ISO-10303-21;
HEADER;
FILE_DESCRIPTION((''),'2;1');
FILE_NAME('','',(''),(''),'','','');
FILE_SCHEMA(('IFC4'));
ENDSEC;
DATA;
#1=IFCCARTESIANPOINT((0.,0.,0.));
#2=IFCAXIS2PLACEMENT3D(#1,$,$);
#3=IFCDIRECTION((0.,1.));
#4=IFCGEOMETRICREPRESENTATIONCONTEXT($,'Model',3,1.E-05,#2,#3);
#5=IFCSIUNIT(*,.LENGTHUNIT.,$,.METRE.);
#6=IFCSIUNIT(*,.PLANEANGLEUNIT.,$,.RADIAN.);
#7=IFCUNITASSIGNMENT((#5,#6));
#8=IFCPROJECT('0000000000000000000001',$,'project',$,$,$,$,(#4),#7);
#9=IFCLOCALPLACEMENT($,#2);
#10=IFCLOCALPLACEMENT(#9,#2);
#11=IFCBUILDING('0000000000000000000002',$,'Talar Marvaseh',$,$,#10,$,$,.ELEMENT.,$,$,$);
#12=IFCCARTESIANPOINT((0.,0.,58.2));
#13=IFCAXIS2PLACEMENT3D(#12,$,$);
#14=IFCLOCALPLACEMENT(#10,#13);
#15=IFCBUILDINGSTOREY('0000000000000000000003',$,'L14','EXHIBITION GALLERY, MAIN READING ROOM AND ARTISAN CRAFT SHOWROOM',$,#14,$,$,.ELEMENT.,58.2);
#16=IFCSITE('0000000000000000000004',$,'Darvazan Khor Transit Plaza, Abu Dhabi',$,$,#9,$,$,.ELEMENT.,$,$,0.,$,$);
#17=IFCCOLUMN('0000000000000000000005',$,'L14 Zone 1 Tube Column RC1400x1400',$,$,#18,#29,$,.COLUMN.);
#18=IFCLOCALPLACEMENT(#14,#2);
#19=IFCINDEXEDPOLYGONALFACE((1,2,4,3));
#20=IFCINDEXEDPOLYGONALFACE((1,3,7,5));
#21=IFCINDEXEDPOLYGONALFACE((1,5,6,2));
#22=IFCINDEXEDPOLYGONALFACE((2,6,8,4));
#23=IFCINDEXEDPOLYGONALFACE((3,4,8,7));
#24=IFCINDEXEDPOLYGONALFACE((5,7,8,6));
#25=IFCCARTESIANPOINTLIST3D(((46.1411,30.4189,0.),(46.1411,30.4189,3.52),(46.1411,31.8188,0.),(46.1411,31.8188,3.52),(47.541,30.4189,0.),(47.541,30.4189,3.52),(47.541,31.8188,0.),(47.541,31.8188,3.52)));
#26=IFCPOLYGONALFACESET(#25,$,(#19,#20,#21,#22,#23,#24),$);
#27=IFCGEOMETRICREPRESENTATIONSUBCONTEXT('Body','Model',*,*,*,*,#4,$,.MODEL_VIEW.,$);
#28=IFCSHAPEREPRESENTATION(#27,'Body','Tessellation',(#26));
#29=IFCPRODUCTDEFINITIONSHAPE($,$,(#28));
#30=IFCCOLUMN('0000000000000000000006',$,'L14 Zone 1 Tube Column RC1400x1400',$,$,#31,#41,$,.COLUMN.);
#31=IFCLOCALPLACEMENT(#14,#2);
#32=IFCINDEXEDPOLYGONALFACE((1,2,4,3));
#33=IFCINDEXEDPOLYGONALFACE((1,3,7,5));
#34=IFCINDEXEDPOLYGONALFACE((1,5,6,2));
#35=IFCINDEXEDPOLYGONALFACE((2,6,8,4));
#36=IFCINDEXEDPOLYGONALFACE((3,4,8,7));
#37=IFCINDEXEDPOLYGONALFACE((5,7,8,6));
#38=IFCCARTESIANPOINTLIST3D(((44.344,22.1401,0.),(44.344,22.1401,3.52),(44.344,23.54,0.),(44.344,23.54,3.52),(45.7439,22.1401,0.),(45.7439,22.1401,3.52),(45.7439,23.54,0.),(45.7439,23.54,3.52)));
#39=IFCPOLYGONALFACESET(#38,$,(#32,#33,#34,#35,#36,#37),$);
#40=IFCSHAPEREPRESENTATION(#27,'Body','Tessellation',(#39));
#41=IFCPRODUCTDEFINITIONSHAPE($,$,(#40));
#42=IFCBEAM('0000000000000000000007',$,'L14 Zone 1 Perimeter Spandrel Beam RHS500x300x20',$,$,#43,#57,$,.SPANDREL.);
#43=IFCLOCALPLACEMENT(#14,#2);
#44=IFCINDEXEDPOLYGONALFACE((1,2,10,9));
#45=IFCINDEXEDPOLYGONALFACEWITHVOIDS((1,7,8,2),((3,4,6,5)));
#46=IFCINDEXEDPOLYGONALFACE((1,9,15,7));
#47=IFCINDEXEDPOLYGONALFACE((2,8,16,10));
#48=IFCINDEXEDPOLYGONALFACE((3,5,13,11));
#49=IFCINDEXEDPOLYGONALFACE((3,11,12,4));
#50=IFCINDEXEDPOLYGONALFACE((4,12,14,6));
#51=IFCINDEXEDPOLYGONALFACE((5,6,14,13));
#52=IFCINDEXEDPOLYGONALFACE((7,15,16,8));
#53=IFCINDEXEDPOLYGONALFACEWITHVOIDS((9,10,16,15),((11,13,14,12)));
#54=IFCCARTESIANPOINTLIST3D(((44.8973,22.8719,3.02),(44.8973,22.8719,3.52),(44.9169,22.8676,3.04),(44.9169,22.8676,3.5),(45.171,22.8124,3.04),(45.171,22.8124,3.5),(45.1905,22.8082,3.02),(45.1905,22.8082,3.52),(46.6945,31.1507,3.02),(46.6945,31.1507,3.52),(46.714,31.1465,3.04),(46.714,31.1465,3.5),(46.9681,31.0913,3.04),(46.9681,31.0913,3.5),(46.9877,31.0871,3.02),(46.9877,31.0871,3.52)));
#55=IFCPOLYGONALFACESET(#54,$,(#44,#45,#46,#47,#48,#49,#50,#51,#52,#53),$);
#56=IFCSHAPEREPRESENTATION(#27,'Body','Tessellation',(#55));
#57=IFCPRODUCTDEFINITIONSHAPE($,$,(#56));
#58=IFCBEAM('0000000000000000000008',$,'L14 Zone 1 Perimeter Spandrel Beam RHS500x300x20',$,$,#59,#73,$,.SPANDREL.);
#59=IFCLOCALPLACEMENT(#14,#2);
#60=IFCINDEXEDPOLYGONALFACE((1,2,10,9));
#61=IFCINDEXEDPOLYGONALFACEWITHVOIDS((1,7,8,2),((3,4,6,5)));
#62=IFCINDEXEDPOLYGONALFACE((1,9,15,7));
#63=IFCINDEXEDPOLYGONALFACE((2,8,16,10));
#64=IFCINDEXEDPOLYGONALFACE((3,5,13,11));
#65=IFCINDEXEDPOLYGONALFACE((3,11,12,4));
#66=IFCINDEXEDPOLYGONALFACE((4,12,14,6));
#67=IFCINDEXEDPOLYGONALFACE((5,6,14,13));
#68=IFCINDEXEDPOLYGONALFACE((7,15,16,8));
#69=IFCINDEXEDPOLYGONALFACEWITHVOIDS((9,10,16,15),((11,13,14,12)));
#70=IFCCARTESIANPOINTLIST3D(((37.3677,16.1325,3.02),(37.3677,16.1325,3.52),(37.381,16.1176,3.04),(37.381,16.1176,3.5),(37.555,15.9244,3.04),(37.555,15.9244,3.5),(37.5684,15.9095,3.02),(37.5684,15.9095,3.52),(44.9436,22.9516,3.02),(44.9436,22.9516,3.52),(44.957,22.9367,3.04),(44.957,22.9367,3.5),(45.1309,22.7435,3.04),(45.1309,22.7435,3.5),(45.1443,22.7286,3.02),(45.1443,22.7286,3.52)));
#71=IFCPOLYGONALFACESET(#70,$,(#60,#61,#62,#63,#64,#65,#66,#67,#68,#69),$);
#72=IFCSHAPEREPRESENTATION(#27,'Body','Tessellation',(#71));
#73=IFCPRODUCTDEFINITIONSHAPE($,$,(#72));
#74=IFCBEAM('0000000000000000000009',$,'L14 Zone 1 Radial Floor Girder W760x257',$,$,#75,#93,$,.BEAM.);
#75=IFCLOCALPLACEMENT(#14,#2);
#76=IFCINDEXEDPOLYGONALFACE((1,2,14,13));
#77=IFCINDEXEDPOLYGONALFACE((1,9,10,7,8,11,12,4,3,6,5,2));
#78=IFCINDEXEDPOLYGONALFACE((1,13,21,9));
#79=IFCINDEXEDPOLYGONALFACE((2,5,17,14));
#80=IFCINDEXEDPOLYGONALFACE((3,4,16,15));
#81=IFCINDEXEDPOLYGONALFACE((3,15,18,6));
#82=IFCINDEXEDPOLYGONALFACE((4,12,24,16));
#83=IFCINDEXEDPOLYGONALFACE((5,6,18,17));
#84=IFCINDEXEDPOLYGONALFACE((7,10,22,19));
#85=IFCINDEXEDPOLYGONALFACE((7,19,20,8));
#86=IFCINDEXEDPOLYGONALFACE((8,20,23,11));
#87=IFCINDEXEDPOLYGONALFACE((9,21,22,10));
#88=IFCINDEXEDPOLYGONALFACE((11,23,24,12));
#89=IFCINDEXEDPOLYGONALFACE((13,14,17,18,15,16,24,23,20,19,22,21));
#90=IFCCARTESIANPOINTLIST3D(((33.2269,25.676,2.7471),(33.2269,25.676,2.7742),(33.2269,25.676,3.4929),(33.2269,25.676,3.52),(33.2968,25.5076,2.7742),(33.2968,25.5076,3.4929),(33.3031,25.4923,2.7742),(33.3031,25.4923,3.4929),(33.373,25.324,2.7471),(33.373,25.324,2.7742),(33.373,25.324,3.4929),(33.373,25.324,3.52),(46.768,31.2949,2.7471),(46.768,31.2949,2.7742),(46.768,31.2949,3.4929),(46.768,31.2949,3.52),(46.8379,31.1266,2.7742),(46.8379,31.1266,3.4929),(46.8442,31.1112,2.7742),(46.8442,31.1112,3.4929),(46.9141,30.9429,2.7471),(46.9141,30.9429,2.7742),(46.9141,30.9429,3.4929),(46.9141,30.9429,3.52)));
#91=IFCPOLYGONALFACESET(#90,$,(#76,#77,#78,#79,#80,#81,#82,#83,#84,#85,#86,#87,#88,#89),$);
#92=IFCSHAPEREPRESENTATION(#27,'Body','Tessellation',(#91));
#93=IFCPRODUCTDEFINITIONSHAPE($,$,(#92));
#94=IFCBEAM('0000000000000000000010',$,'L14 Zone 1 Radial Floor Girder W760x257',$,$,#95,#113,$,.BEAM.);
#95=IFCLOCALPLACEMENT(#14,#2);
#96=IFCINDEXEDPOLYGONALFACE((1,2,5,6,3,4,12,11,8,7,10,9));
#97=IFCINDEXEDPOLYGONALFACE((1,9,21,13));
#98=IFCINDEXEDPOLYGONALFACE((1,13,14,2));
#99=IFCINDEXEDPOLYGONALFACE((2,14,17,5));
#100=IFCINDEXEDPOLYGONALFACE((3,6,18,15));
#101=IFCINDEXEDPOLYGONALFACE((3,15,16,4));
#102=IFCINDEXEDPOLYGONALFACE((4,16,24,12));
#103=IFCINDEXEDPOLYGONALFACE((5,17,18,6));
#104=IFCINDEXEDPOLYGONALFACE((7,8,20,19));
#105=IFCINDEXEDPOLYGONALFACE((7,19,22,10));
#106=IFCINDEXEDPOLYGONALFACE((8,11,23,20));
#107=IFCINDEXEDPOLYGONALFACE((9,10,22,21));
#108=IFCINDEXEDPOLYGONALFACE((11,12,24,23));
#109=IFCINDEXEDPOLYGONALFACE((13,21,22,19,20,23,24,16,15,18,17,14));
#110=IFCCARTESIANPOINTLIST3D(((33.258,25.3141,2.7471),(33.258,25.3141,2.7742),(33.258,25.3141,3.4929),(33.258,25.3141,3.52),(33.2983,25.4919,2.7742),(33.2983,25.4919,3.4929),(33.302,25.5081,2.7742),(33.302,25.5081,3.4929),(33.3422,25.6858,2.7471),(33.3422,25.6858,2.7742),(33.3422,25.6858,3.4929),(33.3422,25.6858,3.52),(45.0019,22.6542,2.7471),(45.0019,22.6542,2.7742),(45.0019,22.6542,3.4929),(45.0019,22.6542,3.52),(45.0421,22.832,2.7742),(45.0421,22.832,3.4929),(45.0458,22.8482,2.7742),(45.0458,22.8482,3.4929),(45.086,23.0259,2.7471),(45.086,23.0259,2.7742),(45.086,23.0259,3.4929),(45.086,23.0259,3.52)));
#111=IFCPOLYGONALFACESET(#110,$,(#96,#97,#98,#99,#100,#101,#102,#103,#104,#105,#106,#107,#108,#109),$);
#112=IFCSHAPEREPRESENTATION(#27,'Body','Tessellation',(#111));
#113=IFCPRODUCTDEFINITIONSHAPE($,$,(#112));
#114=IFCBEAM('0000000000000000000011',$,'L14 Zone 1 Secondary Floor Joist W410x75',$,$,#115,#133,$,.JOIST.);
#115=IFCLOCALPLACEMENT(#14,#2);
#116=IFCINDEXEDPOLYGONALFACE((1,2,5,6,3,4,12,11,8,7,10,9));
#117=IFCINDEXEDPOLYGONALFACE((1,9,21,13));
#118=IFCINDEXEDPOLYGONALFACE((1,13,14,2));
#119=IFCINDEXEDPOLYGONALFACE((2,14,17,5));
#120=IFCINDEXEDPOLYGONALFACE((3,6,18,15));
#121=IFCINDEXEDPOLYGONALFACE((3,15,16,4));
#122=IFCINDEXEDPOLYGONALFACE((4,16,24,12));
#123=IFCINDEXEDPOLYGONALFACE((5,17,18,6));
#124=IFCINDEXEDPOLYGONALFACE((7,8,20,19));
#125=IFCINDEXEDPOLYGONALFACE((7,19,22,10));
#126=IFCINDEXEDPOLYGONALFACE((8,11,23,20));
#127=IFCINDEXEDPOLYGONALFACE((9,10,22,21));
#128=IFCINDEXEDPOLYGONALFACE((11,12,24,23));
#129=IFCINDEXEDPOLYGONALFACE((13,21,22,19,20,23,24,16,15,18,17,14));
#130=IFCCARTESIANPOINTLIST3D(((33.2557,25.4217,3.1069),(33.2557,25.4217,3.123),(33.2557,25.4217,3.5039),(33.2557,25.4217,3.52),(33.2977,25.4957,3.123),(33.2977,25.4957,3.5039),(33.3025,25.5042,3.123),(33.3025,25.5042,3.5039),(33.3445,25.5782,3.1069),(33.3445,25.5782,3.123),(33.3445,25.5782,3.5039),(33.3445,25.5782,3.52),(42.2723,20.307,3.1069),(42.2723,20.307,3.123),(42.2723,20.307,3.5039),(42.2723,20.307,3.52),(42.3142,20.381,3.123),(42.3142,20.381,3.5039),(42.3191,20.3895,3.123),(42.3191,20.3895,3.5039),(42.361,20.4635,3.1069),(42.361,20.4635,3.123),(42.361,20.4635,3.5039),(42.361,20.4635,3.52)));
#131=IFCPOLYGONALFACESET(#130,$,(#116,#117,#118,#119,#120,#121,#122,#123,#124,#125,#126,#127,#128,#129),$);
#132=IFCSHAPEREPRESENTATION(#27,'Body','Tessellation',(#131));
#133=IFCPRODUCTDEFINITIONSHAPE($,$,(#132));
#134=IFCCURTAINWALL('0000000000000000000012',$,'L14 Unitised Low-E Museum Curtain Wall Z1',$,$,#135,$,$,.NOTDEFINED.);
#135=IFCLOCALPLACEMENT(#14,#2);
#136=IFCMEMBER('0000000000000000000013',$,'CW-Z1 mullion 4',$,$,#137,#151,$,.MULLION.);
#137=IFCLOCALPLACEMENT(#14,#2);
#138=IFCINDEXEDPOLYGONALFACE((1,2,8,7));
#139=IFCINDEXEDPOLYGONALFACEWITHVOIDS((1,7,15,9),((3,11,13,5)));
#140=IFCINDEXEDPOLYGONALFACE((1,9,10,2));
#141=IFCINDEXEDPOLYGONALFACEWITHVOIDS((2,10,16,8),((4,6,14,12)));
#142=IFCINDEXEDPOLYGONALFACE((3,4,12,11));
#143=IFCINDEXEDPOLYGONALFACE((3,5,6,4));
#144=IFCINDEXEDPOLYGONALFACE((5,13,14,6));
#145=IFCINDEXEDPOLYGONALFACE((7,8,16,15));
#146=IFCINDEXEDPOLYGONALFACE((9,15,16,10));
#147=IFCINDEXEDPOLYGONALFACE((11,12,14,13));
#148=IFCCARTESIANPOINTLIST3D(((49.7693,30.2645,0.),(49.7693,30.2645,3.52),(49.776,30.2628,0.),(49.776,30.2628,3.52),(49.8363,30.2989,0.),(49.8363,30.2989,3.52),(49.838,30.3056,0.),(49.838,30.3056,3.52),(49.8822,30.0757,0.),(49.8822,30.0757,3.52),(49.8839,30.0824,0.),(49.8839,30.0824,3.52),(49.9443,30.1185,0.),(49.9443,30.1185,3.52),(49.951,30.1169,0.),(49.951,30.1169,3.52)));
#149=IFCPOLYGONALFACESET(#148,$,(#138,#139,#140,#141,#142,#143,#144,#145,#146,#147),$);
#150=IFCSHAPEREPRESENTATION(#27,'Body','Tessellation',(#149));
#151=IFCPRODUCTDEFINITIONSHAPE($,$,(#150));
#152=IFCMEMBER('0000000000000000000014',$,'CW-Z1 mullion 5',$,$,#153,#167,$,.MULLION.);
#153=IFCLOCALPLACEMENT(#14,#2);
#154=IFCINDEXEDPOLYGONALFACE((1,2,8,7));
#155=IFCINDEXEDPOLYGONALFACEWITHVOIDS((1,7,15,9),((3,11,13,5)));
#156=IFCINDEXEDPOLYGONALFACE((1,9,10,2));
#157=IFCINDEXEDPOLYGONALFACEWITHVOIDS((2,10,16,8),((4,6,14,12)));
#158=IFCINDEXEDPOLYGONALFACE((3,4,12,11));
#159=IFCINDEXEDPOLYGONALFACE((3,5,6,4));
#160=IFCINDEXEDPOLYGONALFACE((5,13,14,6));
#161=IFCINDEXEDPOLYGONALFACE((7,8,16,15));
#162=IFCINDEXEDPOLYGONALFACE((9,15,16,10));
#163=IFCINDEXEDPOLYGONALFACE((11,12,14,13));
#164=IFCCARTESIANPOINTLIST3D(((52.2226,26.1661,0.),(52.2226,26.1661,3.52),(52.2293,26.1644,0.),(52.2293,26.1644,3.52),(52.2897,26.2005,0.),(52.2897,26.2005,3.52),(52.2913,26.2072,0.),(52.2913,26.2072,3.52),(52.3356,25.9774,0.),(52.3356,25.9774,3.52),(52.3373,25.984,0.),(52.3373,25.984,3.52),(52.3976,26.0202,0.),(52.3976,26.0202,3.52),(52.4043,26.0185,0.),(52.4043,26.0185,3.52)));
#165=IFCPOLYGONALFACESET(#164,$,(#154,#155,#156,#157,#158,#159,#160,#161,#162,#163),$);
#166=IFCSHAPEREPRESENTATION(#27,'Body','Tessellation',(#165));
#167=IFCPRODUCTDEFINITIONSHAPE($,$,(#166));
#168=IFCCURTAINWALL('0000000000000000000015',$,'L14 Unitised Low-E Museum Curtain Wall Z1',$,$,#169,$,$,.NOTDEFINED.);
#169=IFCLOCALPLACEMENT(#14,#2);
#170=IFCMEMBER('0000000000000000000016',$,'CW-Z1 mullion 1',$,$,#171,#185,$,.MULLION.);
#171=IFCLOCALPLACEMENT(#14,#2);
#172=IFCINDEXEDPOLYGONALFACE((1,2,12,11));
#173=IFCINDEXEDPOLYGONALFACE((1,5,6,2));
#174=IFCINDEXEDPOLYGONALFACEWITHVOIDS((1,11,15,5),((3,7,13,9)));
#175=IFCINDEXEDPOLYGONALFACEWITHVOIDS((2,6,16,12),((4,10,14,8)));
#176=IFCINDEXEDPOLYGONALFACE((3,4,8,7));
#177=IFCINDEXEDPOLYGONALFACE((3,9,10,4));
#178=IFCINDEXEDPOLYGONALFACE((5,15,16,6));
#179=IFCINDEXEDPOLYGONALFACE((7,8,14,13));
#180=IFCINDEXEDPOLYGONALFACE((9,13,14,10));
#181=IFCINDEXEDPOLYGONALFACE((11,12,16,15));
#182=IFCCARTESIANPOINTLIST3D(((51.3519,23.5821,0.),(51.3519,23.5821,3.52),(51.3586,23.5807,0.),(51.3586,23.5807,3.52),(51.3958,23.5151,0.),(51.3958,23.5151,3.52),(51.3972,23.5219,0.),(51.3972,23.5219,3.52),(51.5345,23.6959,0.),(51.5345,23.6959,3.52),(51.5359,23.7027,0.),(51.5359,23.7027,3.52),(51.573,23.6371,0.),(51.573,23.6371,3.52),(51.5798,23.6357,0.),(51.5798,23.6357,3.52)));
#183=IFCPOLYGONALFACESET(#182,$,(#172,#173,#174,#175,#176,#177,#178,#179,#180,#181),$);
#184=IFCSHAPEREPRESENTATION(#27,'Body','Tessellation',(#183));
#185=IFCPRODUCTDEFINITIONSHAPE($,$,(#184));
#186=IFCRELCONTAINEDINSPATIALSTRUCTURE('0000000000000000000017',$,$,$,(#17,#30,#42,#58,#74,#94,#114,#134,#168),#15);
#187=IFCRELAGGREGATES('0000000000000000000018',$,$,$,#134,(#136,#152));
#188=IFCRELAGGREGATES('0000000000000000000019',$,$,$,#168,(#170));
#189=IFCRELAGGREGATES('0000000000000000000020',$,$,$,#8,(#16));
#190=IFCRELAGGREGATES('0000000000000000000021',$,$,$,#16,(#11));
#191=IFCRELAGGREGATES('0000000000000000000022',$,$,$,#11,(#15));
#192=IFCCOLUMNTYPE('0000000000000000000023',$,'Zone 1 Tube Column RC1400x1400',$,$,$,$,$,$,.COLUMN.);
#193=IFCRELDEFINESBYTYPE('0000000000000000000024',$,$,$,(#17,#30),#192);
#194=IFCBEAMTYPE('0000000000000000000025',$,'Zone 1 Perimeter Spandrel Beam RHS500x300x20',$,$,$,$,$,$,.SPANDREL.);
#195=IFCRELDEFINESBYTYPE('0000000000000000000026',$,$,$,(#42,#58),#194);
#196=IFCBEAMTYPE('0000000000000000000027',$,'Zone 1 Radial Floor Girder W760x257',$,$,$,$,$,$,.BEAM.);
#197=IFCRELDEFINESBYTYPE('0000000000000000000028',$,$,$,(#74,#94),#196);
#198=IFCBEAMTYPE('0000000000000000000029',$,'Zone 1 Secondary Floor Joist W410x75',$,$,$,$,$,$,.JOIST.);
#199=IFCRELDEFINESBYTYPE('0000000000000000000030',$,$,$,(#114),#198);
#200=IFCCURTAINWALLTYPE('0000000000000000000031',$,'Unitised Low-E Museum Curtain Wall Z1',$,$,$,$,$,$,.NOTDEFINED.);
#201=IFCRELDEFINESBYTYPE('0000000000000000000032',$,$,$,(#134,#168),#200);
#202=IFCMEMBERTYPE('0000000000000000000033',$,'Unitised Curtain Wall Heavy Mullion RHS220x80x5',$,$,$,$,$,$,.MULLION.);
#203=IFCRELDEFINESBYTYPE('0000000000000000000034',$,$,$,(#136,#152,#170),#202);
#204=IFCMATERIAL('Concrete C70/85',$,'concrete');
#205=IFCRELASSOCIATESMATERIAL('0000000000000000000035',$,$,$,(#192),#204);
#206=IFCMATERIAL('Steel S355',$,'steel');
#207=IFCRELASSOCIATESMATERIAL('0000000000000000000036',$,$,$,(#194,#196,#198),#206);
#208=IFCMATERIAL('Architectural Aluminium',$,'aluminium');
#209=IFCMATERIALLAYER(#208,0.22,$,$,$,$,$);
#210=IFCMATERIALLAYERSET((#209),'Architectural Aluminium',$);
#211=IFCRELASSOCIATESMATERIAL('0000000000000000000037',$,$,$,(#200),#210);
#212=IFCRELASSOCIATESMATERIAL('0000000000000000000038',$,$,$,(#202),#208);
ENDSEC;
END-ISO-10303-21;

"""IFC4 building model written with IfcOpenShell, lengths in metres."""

from ifc_helpers import new_model, si_unit, direction, frame, origin, origin_2d, place, context, subcontext, project, spatial, rectangle, hollow_rectangle, i_section, extrude, source, transform, mapped, material, layer, layer_set, material_profile, profile_set, type_object, type_shapes, element, aggregate, save


model = new_model("IFC4")

# Units and contexts
model_context = context("Model", 3, precision=1e-05, world=origin(), true_north=direction((0.0, 1.0)))
body_context = subcontext(model_context, "Body", "Model", "MODEL_VIEW")
ifc_project = project(units=[si_unit("LENGTHUNIT", "METRE"), si_unit("PLANEANGLEUNIT", "RADIAN")], contexts=[model_context])

# Site, building, storey
site_placement = place(None, origin())
site = spatial("IfcSite", under=ifc_project, at=site_placement, Name="Darvazan Khor Transit Plaza, Abu Dhabi", CompositionType="ELEMENT", RefElevation=0.0)
building_placement = place(site_placement, origin())
building = spatial("IfcBuilding", under=site, at=building_placement, Name="Talar Marvaseh", CompositionType="ELEMENT")
storey_placement = place(building_placement, frame((0.0, 0.0, 58.2)))
storey = spatial("IfcBuildingStorey", under=building, at=storey_placement, Name="L14", Description="EXHIBITION GALLERY, MAIN READING ROOM AND ARTISAN CRAFT SHOWROOM", CompositionType="ELEMENT", Elevation=58.2)

# Columns
ifc_material_1 = material(Name="Concrete C70/85", Category="concrete")
ifc_material_profile_1 = material_profile(ifc_material_1, rectangle(XDim=1.3999, YDim=1.3999, at=origin_2d()), Name="RC1400x1400")
ifc_profile_set_1 = profile_set([ifc_material_profile_1], Name="Concrete C70/85")
column_type = type_object("IfcColumnType", Name="Zone 1 Tube Column RC1400x1400", PredefinedType="COLUMN", material=ifc_profile_set_1)
for number, where, z_axis, x_axis, name in (
    (1, (46.8411, 31.1189, 0.0), (0.0, 0.0, 1.0), (1.0, 0.0, 0.0), "L14 Zone 1 Tube Column RC1400x1400"),
    (2, (45.0439, 22.8401, 0.0), (0.0, 0.0, 1.0), (1.0, 0.0, 0.0), "L14 Zone 1 Tube Column RC1400x1400"),
):
    element("IfcColumn", number, at=place(storey_placement, frame(where, z_axis=z_axis, x_axis=x_axis)), inside=storey, type_object=column_type, Name=name, PredefinedType="COLUMN", context=body_context, shape_type="SweptSolid", body=[
        extrude(rectangle(XDim=1.3999, YDim=1.3999, at=origin_2d()), origin(), (0.0, 0.0, 1.0), 3.52),
    ])

# Beams
ifc_material_2 = material(Name="Steel S355", Category="steel")
ifc_material_profile_2 = material_profile(ifc_material_2, hollow_rectangle(XDim=0.3, YDim=0.5, WallThickness=0.02, at=origin_2d()), Name="RHS500x300x20")
ifc_profile_set_2 = profile_set([ifc_material_profile_2], Name="Steel S355")
beam_type_1 = type_object("IfcBeamType", Name="Zone 1 Perimeter Spandrel Beam RHS500x300x20", PredefinedType="SPANDREL", material=ifc_profile_set_2)
beam_1_placement = place(storey_placement, frame((46.8411, 31.1189, 3.27), z_axis=(-0.212134, -0.977241, 0.0), x_axis=(0.977241, -0.212134, 0.0)))
element("IfcBeam", 3, at=beam_1_placement, inside=storey, type_object=beam_type_1, Name="L14 Zone 1 Perimeter Spandrel Beam RHS500x300x20", PredefinedType="SPANDREL", context=body_context, shape_type="SweptSolid", body=[
    extrude(hollow_rectangle(XDim=0.3, YDim=0.5, WallThickness=0.02, at=origin_2d()), origin(), (0.0, 0.0, 1.0), 8.4717),
])
beam_2_placement = place(storey_placement, frame((45.0439, 22.8401, 3.27), z_axis=(-0.743257, -0.669006, 0.0), x_axis=(0.669006, -0.743257, 0.0)))
element("IfcBeam", 4, at=beam_2_placement, inside=storey, type_object=beam_type_1, Name="L14 Zone 1 Perimeter Spandrel Beam RHS500x300x20", PredefinedType="SPANDREL", context=body_context, shape_type="SweptSolid", body=[
    extrude(hollow_rectangle(XDim=0.3, YDim=0.5, WallThickness=0.02, at=origin_2d()), origin(), (0.0, 0.0, 1.0), 10.1929),
])
ifc_material_profile_3 = material_profile(ifc_material_2, i_section(OverallWidth=0.3811, OverallDepth=0.7729, WebThickness=0.0166, FlangeThickness=0.0271, at=origin_2d()), Name="W760x257")
ifc_profile_set_3 = profile_set([ifc_material_profile_3], Name="Steel S355")
beam_type_2 = type_object("IfcBeamType", Name="Zone 1 Radial Floor Girder W760x257", PredefinedType="BEAM", material=ifc_profile_set_3)
beam_3_placement = place(storey_placement, frame((46.8411, 31.1189, 3.1335), z_axis=(-0.923638, -0.383267, 0.0), x_axis=(0.383267, -0.923638, 0.0)))
element("IfcBeam", 5, at=beam_3_placement, inside=storey, type_object=beam_type_2, Name="L14 Zone 1 Radial Floor Girder W760x257", PredefinedType="BEAM", context=body_context, shape_type="SweptSolid", body=[
    extrude(i_section(OverallWidth=0.3811, OverallDepth=0.7729, WebThickness=0.0166, FlangeThickness=0.0271, at=origin_2d()), origin(), (0.0, 0.0, 1.0), 14.6606),
])
beam_4_placement = place(storey_placement, frame((45.0439, 22.8401, 3.1335), z_axis=(-0.975297, 0.220898, 0.0), x_axis=(-0.220898, -0.975297, 0.0)))
element("IfcBeam", 6, at=beam_4_placement, inside=storey, type_object=beam_type_2, Name="L14 Zone 1 Radial Floor Girder W760x257", PredefinedType="BEAM", context=body_context, shape_type="SweptSolid", body=[
    extrude(i_section(OverallWidth=0.3811, OverallDepth=0.7729, WebThickness=0.0166, FlangeThickness=0.0271, at=origin_2d()), origin(), (0.0, 0.0, 1.0), 12.0413),
])
ifc_material_profile_4 = material_profile(ifc_material_2, i_section(OverallWidth=0.1799, OverallDepth=0.4131, WebThickness=0.0098, FlangeThickness=0.0161, at=origin_2d()), Name="W410x75")
ifc_profile_set_4 = profile_set([ifc_material_profile_4], Name="Steel S355")
beam_type_3 = type_object("IfcBeamType", Name="Zone 1 Secondary Floor Joist W410x75", PredefinedType="JOIST", material=ifc_profile_set_4)
beam_5_placement = place(storey_placement, frame((42.3167, 20.3853, 3.3135), z_axis=(-0.869801, 0.493402, 0.0), x_axis=(-0.493402, -0.869801, 0.0)))
element("IfcBeam", 7, at=beam_5_placement, inside=storey, type_object=beam_type_3, Name="L14 Zone 1 Secondary Floor Joist W410x75", PredefinedType="JOIST", context=body_context, shape_type="SweptSolid", body=[
    extrude(i_section(OverallWidth=0.1799, OverallDepth=0.4131, WebThickness=0.0098, FlangeThickness=0.0161, at=origin_2d()), origin(), (0.0, 0.0, 1.0), 10.3662),
])

# Curtain walls, members
ifc_material_3 = material(Name="Architectural Aluminium", Category="aluminium")
ifc_layer_1 = layer(ifc_material_3, 0.22)
ifc_layer_set_1 = layer_set([ifc_layer_1], Name="Architectural Aluminium")
curtain_wall_type = type_object("IfcCurtainWallType", Name="Unitised Low-E Museum Curtain Wall Z1", PredefinedType="NOTDEFINED", material=ifc_layer_set_1)
curtain_wall_1_placement = place(storey_placement, origin())
curtain_wall_1 = element("IfcCurtainWall", 8, at=curtain_wall_1_placement, inside=storey, type_object=curtain_wall_type, Name="L14 Unitised Low-E Museum Curtain Wall Z1", PredefinedType="NOTDEFINED")
ifc_material_profile_5 = material_profile(ifc_material_3, hollow_rectangle(XDim=0.0801, YDim=0.22, WallThickness=0.0049, at=origin_2d()), Name="RHS220x80x5")
ifc_profile_set_5 = profile_set([ifc_material_profile_5], Name="Architectural Aluminium")
member_type_1 = type_object("IfcMemberType", Name="Unitised Curtain Wall Heavy Mullion RHS220x80x5", PredefinedType="MULLION", material=ifc_profile_set_5)
shared_shape_1 = source(origin(), body_context, "Body", "SweptSolid", [
    extrude(hollow_rectangle(XDim=0.0801, YDim=0.22, WallThickness=0.0049, at=origin_2d()), origin(), (0.0, 0.0, 1.0), 3.52),
])
type_shapes(member_type_1, [shared_shape_1])
member_1_placement = place(storey_placement, frame((49.8601, 30.1907, 0.0), z_axis=(0.0, 0.0, 1.0), x_axis=(0.858029, 0.513602, 0.0)))
member_1 = element("IfcMember", 9, at=member_1_placement, type_object=member_type_1, Name="CW-Z1 mullion 4", PredefinedType="MULLION", context=body_context, shape_type="MappedRepresentation", body=[
    mapped(shared_shape_1, transform((0.0, 0.0, 0.0), x_axis=(1.0, 0.0, 0.0), y_axis=(0.0, 1.0, 0.0), z_axis=(0.0, 0.0, 1.0), scale=1.0)),
])
member_2_placement = place(storey_placement, frame((52.3135, 26.0923, 0.0), z_axis=(0.0, 0.0, 1.0), x_axis=(0.858029, 0.513602, 0.0)))
member_2 = element("IfcMember", 10, at=member_2_placement, type_object=member_type_1, Name="CW-Z1 mullion 5", PredefinedType="MULLION", context=body_context, shape_type="MappedRepresentation", body=[
    mapped(shared_shape_1, transform((0.0, 0.0, 0.0), x_axis=(1.0, 0.0, 0.0), y_axis=(0.0, 1.0, 0.0), z_axis=(0.0, 0.0, 1.0), scale=1.0)),
])
curtain_wall_2_placement = place(storey_placement, origin())
curtain_wall_2 = element("IfcCurtainWall", 11, at=curtain_wall_2_placement, inside=storey, type_object=curtain_wall_type, Name="L14 Unitised Low-E Museum Curtain Wall Z1", PredefinedType="NOTDEFINED")
member_3_placement = place(storey_placement, frame((51.4658, 23.6089, 0.0), z_axis=(0.0, 0.0, 1.0), x_axis=(0.548164, -0.836371, 0.0)))
member_3 = element("IfcMember", 12, at=member_3_placement, type_object=member_type_1, Name="CW-Z1 mullion 1", PredefinedType="MULLION", context=body_context, shape_type="MappedRepresentation", body=[
    mapped(shared_shape_1, transform((0.0, 0.0, 0.0), x_axis=(1.0, 0.0, 0.0), y_axis=(0.0, 1.0, 0.0), z_axis=(0.0, 0.0, 1.0), scale=1.0)),
])

aggregate(curtain_wall_1, [member_1, member_2])
aggregate(curtain_wall_2, [member_3])

save(model, "model.ifc")
